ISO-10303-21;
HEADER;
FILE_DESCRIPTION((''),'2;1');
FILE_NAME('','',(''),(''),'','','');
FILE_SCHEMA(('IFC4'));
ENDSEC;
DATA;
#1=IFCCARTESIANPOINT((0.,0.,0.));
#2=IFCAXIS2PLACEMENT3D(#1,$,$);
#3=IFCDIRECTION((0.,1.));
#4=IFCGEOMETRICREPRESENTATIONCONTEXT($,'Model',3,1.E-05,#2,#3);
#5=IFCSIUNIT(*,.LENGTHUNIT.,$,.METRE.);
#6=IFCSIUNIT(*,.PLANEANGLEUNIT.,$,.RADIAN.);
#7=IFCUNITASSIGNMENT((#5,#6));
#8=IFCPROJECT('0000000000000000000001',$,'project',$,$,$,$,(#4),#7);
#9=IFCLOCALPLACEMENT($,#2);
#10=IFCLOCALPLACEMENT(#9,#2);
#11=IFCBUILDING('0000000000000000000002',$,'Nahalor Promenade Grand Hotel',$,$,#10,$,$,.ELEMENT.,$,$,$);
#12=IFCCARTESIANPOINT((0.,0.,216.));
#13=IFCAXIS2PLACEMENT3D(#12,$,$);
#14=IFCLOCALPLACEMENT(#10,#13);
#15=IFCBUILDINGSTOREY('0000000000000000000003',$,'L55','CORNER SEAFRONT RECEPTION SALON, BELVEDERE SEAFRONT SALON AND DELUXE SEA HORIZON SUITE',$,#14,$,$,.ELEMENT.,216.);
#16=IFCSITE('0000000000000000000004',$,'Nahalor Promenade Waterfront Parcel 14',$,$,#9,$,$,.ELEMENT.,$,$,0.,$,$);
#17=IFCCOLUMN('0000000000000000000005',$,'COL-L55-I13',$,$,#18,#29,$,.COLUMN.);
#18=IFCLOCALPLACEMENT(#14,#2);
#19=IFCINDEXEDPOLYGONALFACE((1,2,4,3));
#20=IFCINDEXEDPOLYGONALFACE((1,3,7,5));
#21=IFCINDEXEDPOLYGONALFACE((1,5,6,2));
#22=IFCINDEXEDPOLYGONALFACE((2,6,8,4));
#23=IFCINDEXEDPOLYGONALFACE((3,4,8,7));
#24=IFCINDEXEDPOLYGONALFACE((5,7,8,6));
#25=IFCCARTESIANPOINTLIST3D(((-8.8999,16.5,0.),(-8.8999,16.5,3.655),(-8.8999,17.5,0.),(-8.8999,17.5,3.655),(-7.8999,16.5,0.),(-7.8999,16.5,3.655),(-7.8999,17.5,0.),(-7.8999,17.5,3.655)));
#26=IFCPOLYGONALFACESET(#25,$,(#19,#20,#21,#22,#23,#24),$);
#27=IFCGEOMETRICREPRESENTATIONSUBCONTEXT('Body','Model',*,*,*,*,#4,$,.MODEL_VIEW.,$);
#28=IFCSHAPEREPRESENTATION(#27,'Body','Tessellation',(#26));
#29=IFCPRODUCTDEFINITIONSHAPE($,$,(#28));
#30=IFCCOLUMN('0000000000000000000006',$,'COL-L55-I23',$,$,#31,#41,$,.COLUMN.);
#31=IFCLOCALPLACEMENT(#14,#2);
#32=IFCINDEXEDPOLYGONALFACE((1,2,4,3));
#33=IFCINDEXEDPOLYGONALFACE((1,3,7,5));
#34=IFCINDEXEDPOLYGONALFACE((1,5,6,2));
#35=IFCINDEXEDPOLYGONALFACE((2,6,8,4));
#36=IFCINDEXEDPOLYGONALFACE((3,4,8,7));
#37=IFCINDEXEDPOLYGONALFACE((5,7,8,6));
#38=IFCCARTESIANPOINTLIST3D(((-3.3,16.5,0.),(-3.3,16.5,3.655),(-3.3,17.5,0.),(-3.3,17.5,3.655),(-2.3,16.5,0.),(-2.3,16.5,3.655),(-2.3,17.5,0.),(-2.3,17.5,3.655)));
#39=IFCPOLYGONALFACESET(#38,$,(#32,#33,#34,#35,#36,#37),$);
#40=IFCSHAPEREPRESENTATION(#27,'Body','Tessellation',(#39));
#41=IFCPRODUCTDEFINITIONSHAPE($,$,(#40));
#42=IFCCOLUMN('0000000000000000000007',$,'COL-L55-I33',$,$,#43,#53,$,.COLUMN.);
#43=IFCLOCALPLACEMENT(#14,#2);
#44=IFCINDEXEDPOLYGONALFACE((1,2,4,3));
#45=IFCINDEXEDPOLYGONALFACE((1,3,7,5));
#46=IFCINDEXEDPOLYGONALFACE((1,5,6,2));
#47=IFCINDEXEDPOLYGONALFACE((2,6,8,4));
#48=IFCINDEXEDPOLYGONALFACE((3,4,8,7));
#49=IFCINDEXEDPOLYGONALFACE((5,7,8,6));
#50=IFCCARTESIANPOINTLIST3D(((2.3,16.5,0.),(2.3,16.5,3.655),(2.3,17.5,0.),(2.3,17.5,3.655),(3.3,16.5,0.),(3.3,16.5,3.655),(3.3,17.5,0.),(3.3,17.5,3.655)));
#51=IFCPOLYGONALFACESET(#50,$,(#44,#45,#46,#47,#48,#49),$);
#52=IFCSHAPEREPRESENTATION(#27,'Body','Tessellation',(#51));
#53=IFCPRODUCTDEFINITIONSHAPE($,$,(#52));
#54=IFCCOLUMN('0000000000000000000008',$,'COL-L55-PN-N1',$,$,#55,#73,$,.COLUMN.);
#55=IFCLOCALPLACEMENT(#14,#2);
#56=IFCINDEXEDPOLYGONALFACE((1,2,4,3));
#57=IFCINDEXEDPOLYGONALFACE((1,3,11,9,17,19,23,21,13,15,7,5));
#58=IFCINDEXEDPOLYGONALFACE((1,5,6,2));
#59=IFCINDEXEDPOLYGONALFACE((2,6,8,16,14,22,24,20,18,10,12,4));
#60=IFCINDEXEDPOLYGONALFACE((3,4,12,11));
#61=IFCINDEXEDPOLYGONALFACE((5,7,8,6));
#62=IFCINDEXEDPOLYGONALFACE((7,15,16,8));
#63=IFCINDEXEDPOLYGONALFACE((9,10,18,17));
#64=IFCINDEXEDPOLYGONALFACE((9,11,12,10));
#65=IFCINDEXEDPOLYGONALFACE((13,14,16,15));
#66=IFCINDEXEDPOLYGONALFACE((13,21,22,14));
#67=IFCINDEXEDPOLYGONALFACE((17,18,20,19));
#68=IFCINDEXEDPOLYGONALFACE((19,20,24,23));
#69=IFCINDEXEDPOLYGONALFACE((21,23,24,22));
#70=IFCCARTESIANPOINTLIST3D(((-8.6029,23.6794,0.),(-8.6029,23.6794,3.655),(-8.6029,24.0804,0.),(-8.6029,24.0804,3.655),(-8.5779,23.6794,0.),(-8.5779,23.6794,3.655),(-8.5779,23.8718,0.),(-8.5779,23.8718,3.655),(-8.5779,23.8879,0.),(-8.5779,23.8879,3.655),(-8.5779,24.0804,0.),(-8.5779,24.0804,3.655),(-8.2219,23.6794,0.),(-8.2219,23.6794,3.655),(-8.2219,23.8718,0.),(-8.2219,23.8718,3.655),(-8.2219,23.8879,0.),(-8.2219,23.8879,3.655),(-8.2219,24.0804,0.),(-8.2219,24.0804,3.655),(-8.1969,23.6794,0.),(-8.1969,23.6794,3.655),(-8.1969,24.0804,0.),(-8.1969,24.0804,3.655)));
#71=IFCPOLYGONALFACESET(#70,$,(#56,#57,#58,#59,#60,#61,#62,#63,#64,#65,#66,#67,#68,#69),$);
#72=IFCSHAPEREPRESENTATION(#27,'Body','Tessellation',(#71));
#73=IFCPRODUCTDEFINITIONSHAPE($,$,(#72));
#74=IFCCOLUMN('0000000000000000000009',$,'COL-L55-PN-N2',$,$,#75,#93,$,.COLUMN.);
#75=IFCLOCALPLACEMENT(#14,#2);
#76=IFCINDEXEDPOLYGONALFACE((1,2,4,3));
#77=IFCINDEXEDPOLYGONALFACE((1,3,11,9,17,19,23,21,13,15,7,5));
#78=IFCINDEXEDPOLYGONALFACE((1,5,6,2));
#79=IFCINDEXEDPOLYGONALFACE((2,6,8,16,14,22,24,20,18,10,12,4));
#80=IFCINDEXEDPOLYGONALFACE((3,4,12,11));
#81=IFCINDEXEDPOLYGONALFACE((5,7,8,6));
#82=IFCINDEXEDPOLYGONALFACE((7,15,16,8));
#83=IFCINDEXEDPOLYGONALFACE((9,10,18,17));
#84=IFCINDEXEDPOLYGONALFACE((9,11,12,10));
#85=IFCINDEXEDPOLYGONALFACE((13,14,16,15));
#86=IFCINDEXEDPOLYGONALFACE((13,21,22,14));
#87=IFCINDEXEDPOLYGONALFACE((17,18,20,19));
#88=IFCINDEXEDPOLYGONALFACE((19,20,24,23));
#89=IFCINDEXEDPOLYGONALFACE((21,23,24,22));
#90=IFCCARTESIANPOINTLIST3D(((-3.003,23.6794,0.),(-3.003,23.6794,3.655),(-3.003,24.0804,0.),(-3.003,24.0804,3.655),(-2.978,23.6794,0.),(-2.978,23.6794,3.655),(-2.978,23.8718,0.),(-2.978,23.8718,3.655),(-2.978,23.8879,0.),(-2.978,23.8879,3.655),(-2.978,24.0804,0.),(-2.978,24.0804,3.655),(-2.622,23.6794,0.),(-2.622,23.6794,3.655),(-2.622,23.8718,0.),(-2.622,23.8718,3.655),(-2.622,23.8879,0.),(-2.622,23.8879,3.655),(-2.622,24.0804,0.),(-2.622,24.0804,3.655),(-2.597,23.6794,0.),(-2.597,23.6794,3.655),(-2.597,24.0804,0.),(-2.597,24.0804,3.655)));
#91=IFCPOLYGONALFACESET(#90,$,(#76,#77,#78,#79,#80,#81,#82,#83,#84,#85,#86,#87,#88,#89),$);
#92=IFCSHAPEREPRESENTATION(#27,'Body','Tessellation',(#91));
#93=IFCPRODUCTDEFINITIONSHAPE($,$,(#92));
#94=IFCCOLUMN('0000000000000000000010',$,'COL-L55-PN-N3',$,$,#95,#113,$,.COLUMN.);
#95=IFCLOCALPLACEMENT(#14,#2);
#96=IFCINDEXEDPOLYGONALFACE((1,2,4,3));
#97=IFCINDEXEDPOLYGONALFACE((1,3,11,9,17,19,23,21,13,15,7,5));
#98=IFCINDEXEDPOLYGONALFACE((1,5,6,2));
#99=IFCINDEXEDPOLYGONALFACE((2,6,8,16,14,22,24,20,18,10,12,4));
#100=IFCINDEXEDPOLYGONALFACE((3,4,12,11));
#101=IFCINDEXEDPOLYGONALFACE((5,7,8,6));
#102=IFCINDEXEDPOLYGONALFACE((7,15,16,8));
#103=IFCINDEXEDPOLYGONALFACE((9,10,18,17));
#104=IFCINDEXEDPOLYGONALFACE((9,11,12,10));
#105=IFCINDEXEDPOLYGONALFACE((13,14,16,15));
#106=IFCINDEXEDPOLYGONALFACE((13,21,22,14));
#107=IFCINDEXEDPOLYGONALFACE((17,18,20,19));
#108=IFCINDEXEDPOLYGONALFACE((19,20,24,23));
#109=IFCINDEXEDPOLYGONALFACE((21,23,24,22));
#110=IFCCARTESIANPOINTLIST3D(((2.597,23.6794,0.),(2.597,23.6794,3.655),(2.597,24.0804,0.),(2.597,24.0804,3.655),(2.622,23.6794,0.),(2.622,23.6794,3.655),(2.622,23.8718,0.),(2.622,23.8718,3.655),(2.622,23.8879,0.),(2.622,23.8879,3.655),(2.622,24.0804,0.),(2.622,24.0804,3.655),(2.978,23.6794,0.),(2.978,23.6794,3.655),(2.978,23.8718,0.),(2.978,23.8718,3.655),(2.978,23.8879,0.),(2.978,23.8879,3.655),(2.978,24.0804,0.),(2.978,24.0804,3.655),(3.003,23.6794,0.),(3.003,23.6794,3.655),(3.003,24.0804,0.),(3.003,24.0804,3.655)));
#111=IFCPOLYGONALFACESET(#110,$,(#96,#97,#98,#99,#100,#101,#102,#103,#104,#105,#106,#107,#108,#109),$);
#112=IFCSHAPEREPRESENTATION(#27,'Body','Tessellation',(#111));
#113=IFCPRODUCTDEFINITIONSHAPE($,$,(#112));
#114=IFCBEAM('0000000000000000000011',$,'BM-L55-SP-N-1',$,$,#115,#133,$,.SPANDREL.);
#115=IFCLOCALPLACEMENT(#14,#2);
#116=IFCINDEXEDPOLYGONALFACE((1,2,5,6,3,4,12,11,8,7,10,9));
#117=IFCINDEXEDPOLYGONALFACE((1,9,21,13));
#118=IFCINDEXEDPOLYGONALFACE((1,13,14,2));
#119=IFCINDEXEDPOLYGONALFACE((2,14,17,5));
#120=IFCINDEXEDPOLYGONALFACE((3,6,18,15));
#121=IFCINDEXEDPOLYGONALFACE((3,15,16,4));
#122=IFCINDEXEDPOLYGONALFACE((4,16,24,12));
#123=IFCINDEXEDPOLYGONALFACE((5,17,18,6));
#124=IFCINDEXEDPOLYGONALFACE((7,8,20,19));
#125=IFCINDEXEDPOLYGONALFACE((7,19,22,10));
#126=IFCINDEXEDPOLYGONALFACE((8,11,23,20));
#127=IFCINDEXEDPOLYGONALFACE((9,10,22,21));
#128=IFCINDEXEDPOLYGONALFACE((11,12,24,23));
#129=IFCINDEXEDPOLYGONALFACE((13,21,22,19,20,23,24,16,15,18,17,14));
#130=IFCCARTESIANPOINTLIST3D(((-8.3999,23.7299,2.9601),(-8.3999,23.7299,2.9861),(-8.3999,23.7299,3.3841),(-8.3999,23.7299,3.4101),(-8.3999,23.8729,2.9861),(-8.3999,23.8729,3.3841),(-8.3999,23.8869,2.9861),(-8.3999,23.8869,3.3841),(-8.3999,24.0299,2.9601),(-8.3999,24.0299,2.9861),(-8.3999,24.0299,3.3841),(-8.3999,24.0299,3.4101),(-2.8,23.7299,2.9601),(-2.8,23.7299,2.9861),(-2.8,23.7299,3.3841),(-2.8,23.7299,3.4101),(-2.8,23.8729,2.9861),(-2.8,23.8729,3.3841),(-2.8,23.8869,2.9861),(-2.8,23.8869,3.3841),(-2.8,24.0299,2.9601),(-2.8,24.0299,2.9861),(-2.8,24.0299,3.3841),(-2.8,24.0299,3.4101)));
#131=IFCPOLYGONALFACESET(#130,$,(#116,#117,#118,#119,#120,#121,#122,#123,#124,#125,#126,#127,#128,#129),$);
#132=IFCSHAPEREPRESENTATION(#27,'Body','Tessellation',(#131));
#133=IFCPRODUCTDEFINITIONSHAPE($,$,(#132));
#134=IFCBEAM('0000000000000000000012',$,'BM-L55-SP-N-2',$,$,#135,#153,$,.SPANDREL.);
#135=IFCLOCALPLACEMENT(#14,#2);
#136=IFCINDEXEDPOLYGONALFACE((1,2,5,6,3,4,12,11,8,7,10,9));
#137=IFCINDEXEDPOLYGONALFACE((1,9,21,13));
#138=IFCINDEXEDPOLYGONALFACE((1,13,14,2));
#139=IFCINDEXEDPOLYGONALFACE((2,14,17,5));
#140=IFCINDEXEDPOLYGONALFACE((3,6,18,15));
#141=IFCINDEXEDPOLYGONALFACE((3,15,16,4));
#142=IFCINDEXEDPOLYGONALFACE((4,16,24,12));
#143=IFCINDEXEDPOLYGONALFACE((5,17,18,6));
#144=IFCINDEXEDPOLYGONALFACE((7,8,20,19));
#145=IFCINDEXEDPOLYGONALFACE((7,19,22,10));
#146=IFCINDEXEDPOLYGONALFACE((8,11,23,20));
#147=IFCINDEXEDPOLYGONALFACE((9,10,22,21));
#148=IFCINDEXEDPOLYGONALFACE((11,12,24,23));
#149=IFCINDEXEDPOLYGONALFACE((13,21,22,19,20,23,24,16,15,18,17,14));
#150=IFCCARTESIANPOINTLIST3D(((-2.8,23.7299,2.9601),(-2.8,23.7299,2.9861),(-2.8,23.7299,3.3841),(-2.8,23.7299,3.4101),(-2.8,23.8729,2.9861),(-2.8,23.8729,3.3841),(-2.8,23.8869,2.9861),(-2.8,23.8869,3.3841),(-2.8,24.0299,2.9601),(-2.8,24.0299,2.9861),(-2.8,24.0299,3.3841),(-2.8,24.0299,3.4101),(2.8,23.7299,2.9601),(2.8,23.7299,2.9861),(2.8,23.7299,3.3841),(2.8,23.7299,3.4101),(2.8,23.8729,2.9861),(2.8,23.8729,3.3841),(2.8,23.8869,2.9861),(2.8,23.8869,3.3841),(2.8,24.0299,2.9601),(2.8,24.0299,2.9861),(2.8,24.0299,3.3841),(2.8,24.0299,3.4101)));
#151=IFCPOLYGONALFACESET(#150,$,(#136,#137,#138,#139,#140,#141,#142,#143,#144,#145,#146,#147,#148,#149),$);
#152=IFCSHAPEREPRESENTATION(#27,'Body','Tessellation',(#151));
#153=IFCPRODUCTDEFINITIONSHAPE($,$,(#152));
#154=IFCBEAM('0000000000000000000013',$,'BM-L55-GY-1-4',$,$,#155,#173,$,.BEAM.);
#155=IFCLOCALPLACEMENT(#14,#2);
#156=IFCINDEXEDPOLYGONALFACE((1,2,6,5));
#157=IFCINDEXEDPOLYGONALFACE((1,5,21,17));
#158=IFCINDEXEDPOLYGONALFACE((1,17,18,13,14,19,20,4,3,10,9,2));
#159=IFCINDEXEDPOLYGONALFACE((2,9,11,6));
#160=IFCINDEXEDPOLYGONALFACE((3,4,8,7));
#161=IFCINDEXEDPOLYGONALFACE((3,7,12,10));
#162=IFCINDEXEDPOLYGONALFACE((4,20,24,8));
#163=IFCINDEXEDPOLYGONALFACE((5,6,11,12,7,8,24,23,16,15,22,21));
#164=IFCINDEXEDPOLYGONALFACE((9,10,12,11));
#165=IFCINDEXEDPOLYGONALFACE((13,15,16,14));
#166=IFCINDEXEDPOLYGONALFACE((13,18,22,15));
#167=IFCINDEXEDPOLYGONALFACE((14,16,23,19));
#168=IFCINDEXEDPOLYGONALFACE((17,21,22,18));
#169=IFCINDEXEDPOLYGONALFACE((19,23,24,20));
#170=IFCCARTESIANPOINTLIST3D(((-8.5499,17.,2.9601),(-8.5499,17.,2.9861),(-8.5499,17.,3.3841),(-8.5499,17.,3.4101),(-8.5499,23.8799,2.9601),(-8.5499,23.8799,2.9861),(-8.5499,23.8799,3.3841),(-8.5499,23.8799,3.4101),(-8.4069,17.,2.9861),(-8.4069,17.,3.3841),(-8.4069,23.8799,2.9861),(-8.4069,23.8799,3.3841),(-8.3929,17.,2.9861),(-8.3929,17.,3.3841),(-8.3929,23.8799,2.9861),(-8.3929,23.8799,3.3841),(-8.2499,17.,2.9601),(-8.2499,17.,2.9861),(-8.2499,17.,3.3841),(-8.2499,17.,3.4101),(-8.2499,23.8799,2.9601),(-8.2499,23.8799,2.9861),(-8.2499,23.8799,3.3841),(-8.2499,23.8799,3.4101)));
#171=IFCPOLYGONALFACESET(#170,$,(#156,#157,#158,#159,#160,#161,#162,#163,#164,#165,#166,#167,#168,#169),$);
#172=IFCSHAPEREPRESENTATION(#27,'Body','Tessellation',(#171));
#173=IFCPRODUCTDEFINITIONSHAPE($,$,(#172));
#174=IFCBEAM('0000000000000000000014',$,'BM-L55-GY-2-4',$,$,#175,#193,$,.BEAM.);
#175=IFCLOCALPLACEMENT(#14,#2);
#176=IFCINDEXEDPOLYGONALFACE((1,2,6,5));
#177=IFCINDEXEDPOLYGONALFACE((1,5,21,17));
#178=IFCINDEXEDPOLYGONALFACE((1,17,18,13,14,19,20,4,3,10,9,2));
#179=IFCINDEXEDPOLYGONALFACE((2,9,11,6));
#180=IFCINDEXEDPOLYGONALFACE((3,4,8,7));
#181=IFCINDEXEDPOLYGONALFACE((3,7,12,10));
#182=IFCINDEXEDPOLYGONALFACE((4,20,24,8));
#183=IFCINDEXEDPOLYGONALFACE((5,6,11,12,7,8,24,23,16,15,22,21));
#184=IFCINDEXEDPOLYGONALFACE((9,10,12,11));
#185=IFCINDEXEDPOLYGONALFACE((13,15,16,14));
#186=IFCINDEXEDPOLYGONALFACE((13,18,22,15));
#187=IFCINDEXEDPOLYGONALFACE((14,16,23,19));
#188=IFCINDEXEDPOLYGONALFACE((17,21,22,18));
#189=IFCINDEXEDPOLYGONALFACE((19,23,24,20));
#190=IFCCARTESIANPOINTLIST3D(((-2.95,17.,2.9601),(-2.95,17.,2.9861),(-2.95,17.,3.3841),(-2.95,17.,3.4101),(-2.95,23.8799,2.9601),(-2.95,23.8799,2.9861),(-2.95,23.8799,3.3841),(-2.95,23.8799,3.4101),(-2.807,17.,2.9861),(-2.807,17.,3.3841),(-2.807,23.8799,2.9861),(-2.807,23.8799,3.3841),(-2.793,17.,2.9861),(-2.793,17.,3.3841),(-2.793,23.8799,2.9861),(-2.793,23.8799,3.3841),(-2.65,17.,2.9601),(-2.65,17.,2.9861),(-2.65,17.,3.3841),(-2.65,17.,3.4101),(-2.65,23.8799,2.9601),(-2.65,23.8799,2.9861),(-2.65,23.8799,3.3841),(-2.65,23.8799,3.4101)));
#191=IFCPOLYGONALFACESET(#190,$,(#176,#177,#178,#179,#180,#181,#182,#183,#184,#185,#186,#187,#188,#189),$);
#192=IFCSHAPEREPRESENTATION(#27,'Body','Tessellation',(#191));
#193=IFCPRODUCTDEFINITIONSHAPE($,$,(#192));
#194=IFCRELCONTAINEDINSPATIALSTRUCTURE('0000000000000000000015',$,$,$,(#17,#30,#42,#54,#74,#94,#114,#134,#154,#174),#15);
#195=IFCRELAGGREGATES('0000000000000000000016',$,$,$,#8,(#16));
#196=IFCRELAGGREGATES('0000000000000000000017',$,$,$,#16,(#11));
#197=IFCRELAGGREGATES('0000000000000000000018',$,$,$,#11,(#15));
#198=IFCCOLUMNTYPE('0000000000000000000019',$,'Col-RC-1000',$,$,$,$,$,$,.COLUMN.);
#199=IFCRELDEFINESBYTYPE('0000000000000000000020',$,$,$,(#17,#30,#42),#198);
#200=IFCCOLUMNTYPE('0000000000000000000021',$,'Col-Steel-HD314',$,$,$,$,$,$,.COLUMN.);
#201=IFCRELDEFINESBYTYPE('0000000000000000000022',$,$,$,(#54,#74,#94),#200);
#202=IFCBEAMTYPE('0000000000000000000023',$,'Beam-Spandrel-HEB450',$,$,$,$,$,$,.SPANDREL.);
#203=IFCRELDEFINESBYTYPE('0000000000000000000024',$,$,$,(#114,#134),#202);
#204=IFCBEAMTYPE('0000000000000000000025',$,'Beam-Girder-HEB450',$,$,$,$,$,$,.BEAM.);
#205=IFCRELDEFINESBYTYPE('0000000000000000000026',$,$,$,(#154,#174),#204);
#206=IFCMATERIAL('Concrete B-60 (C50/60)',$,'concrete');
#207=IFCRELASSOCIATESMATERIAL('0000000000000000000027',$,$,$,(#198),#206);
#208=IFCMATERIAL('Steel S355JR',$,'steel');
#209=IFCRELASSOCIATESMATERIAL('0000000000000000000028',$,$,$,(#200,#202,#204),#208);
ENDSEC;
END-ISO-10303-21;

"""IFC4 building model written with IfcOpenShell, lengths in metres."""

from ifc_helpers import new_model, si_unit, direction, frame, origin, origin_2d, place, context, subcontext, project, spatial, rectangle, i_section, extrude, source, transform, mapped, material, material_profile, profile_set, type_object, element, save


model = new_model("IFC4")

# Units and contexts
model_context = context("Model", 3, precision=1e-05, world=origin(), true_north=direction((0.0, 1.0)))
body_context = subcontext(model_context, "Body", "Model", "MODEL_VIEW")
ifc_project = project(units=[si_unit("LENGTHUNIT", "METRE"), si_unit("PLANEANGLEUNIT", "RADIAN")], contexts=[model_context])

# Site, building, storey
site_placement = place(None, origin())
site = spatial("IfcSite", under=ifc_project, at=site_placement, Name="Nahalor Promenade Waterfront Parcel 14", CompositionType="ELEMENT", RefElevation=0.0)
building_placement = place(site_placement, origin())
building = spatial("IfcBuilding", under=site, at=building_placement, Name="Nahalor Promenade Grand Hotel", CompositionType="ELEMENT")
storey_placement = place(building_placement, frame((0.0, 0.0, 216.0)))
storey = spatial("IfcBuildingStorey", under=building, at=storey_placement, Name="L55", Description="CORNER SEAFRONT RECEPTION SALON, BELVEDERE SEAFRONT SALON AND DELUXE SEA HORIZON SUITE", CompositionType="ELEMENT", Elevation=216.0)

# Columns
ifc_material_1 = material(Name="Concrete B-60 (C50/60)", Category="concrete")
ifc_material_profile_1 = material_profile(ifc_material_1, rectangle(XDim=1.0, YDim=1.0, at=origin_2d()), Name="RC 1000x1000")
ifc_profile_set_1 = profile_set([ifc_material_profile_1], Name="Concrete B-60 (C50/60)")
column_type_1 = type_object("IfcColumnType", Name="Col-RC-1000", PredefinedType="COLUMN", material=ifc_profile_set_1)
shared_shape_1 = source(origin(), body_context, "Body", "SweptSolid", [
    extrude(rectangle(XDim=1.0, YDim=1.0, at=origin_2d()), origin(), (0.0, 0.0, 1.0), 3.655),
])
for number, where, z_axis, x_axis, name in (
    (1, (-8.3999, 17.0, 0.0), (0.0, 0.0, 1.0), (1.0, 0.0, 0.0), "COL-L55-I13"),
    (2, (-2.8, 17.0, 0.0), (0.0, 0.0, 1.0), (1.0, 0.0, 0.0), "COL-L55-I23"),
    (3, (2.8, 17.0, 0.0), (0.0, 0.0, 1.0), (1.0, 0.0, 0.0), "COL-L55-I33"),
):
    element("IfcColumn", number, at=place(storey_placement, frame(where, z_axis=z_axis, x_axis=x_axis)), inside=storey, type_object=column_type_1, Name=name, PredefinedType="COLUMN", context=body_context, shape_type="MappedRepresentation", body=[
        mapped(shared_shape_1, transform((0.0, 0.0, 0.0), scale=1.0)),
    ])
ifc_material_2 = material(Name="Steel S355JR", Category="steel")
ifc_material_profile_2 = material_profile(ifc_material_2, i_section(OverallWidth=0.401, OverallDepth=0.406, WebThickness=0.0161, FlangeThickness=0.025, at=origin_2d()), Name="HD 400x314")
ifc_profile_set_2 = profile_set([ifc_material_profile_2], Name="Steel S355JR")
column_type_2 = type_object("IfcColumnType", Name="Col-Steel-HD314", PredefinedType="COLUMN", material=ifc_profile_set_2)
shared_shape_2 = source(origin(), body_context, "Body", "SweptSolid", [
    extrude(i_section(OverallWidth=0.401, OverallDepth=0.406, WebThickness=0.0161, FlangeThickness=0.025, at=origin_2d()), origin(), (0.0, 0.0, 1.0), 3.655),
])
for number, where, z_axis, x_axis, name in (
    (4, (-8.3999, 23.8799, 0.0), (0.0, 0.0, 1.0), (0.0, 1.0, 0.0), "COL-L55-PN-N1"),
    (5, (-2.8, 23.8799, 0.0), (0.0, 0.0, 1.0), (0.0, 1.0, 0.0), "COL-L55-PN-N2"),
    (6, (2.8, 23.8799, 0.0), (0.0, 0.0, 1.0), (0.0, 1.0, 0.0), "COL-L55-PN-N3"),
):
    element("IfcColumn", number, at=place(storey_placement, frame(where, z_axis=z_axis, x_axis=x_axis)), inside=storey, type_object=column_type_2, Name=name, PredefinedType="COLUMN", context=body_context, shape_type="MappedRepresentation", body=[
        mapped(shared_shape_2, transform((0.0, 0.0, 0.0), scale=1.0)),
    ])

# Beams
ifc_material_profile_3 = material_profile(ifc_material_2, i_section(OverallWidth=0.3, OverallDepth=0.45, WebThickness=0.014, FlangeThickness=0.026, at=origin_2d()), Name="HEB 450")
ifc_profile_set_3 = profile_set([ifc_material_profile_3], Name="Steel S355JR")
beam_type_1 = type_object("IfcBeamType", Name="Beam-Spandrel-HEB450", PredefinedType="SPANDREL", material=ifc_profile_set_3)
shared_shape_3 = source(origin(), body_context, "Body", "SweptSolid", [
    extrude(i_section(OverallWidth=0.3, OverallDepth=0.45, WebThickness=0.014, FlangeThickness=0.026, at=origin_2d()), origin(), (0.0, 0.0, 1.0), 5.5999),
])
beam_1_placement = place(storey_placement, frame((-8.3999, 23.8799, 3.1851), z_axis=(1.0, 0.0, 0.0), x_axis=(0.0, 1.0, 0.0)))
element("IfcBeam", 7, at=beam_1_placement, inside=storey, type_object=beam_type_1, Name="BM-L55-SP-N-1", PredefinedType="SPANDREL", context=body_context, shape_type="MappedRepresentation", body=[
    mapped(shared_shape_3, transform((0.0, 0.0, 0.0), scale=1.0)),
])
shared_shape_4 = source(origin(), body_context, "Body", "SweptSolid", [
    extrude(i_section(OverallWidth=0.3, OverallDepth=0.45, WebThickness=0.014, FlangeThickness=0.026, at=origin_2d()), origin(), (0.0, 0.0, 1.0), 5.6001),
])
beam_2_placement = place(storey_placement, frame((-2.8, 23.8799, 3.1851), z_axis=(1.0, 0.0, 0.0), x_axis=(0.0, 1.0, 0.0)))
element("IfcBeam", 8, at=beam_2_placement, inside=storey, type_object=beam_type_1, Name="BM-L55-SP-N-2", PredefinedType="SPANDREL", context=body_context, shape_type="MappedRepresentation", body=[
    mapped(shared_shape_4, transform((0.0, 0.0, 0.0), scale=1.0)),
])
ifc_material_profile_4 = material_profile(ifc_material_2, i_section(OverallWidth=0.3, OverallDepth=0.45, WebThickness=0.014, FlangeThickness=0.026, at=origin_2d()), Name="HEB 450")
ifc_profile_set_4 = profile_set([ifc_material_profile_4], Name="Steel S355JR")
beam_type_2 = type_object("IfcBeamType", Name="Beam-Girder-HEB450", PredefinedType="BEAM", material=ifc_profile_set_4)
shared_shape_5 = source(origin(), body_context, "Body", "SweptSolid", [
    extrude(i_section(OverallWidth=0.3, OverallDepth=0.45, WebThickness=0.014, FlangeThickness=0.026, at=origin_2d()), origin(), (0.0, 0.0, 1.0), 6.8799),
])
for number, where, z_axis, x_axis, name in (
    (9, (-8.3999, 17.0, 3.1851), (0.0, 1.0, 0.0), (-1.0, 0.0, 0.0), "BM-L55-GY-1-4"),
    (10, (-2.8, 17.0, 3.1851), (0.0, 1.0, 0.0), (-1.0, 0.0, 0.0), "BM-L55-GY-2-4"),
):
    element("IfcBeam", number, at=place(storey_placement, frame(where, z_axis=z_axis, x_axis=x_axis)), inside=storey, type_object=beam_type_2, Name=name, PredefinedType="BEAM", context=body_context, shape_type="MappedRepresentation", body=[
        mapped(shared_shape_5, transform((0.0, 0.0, 0.0), scale=1.0)),
    ])

save(model, "model.ifc")
